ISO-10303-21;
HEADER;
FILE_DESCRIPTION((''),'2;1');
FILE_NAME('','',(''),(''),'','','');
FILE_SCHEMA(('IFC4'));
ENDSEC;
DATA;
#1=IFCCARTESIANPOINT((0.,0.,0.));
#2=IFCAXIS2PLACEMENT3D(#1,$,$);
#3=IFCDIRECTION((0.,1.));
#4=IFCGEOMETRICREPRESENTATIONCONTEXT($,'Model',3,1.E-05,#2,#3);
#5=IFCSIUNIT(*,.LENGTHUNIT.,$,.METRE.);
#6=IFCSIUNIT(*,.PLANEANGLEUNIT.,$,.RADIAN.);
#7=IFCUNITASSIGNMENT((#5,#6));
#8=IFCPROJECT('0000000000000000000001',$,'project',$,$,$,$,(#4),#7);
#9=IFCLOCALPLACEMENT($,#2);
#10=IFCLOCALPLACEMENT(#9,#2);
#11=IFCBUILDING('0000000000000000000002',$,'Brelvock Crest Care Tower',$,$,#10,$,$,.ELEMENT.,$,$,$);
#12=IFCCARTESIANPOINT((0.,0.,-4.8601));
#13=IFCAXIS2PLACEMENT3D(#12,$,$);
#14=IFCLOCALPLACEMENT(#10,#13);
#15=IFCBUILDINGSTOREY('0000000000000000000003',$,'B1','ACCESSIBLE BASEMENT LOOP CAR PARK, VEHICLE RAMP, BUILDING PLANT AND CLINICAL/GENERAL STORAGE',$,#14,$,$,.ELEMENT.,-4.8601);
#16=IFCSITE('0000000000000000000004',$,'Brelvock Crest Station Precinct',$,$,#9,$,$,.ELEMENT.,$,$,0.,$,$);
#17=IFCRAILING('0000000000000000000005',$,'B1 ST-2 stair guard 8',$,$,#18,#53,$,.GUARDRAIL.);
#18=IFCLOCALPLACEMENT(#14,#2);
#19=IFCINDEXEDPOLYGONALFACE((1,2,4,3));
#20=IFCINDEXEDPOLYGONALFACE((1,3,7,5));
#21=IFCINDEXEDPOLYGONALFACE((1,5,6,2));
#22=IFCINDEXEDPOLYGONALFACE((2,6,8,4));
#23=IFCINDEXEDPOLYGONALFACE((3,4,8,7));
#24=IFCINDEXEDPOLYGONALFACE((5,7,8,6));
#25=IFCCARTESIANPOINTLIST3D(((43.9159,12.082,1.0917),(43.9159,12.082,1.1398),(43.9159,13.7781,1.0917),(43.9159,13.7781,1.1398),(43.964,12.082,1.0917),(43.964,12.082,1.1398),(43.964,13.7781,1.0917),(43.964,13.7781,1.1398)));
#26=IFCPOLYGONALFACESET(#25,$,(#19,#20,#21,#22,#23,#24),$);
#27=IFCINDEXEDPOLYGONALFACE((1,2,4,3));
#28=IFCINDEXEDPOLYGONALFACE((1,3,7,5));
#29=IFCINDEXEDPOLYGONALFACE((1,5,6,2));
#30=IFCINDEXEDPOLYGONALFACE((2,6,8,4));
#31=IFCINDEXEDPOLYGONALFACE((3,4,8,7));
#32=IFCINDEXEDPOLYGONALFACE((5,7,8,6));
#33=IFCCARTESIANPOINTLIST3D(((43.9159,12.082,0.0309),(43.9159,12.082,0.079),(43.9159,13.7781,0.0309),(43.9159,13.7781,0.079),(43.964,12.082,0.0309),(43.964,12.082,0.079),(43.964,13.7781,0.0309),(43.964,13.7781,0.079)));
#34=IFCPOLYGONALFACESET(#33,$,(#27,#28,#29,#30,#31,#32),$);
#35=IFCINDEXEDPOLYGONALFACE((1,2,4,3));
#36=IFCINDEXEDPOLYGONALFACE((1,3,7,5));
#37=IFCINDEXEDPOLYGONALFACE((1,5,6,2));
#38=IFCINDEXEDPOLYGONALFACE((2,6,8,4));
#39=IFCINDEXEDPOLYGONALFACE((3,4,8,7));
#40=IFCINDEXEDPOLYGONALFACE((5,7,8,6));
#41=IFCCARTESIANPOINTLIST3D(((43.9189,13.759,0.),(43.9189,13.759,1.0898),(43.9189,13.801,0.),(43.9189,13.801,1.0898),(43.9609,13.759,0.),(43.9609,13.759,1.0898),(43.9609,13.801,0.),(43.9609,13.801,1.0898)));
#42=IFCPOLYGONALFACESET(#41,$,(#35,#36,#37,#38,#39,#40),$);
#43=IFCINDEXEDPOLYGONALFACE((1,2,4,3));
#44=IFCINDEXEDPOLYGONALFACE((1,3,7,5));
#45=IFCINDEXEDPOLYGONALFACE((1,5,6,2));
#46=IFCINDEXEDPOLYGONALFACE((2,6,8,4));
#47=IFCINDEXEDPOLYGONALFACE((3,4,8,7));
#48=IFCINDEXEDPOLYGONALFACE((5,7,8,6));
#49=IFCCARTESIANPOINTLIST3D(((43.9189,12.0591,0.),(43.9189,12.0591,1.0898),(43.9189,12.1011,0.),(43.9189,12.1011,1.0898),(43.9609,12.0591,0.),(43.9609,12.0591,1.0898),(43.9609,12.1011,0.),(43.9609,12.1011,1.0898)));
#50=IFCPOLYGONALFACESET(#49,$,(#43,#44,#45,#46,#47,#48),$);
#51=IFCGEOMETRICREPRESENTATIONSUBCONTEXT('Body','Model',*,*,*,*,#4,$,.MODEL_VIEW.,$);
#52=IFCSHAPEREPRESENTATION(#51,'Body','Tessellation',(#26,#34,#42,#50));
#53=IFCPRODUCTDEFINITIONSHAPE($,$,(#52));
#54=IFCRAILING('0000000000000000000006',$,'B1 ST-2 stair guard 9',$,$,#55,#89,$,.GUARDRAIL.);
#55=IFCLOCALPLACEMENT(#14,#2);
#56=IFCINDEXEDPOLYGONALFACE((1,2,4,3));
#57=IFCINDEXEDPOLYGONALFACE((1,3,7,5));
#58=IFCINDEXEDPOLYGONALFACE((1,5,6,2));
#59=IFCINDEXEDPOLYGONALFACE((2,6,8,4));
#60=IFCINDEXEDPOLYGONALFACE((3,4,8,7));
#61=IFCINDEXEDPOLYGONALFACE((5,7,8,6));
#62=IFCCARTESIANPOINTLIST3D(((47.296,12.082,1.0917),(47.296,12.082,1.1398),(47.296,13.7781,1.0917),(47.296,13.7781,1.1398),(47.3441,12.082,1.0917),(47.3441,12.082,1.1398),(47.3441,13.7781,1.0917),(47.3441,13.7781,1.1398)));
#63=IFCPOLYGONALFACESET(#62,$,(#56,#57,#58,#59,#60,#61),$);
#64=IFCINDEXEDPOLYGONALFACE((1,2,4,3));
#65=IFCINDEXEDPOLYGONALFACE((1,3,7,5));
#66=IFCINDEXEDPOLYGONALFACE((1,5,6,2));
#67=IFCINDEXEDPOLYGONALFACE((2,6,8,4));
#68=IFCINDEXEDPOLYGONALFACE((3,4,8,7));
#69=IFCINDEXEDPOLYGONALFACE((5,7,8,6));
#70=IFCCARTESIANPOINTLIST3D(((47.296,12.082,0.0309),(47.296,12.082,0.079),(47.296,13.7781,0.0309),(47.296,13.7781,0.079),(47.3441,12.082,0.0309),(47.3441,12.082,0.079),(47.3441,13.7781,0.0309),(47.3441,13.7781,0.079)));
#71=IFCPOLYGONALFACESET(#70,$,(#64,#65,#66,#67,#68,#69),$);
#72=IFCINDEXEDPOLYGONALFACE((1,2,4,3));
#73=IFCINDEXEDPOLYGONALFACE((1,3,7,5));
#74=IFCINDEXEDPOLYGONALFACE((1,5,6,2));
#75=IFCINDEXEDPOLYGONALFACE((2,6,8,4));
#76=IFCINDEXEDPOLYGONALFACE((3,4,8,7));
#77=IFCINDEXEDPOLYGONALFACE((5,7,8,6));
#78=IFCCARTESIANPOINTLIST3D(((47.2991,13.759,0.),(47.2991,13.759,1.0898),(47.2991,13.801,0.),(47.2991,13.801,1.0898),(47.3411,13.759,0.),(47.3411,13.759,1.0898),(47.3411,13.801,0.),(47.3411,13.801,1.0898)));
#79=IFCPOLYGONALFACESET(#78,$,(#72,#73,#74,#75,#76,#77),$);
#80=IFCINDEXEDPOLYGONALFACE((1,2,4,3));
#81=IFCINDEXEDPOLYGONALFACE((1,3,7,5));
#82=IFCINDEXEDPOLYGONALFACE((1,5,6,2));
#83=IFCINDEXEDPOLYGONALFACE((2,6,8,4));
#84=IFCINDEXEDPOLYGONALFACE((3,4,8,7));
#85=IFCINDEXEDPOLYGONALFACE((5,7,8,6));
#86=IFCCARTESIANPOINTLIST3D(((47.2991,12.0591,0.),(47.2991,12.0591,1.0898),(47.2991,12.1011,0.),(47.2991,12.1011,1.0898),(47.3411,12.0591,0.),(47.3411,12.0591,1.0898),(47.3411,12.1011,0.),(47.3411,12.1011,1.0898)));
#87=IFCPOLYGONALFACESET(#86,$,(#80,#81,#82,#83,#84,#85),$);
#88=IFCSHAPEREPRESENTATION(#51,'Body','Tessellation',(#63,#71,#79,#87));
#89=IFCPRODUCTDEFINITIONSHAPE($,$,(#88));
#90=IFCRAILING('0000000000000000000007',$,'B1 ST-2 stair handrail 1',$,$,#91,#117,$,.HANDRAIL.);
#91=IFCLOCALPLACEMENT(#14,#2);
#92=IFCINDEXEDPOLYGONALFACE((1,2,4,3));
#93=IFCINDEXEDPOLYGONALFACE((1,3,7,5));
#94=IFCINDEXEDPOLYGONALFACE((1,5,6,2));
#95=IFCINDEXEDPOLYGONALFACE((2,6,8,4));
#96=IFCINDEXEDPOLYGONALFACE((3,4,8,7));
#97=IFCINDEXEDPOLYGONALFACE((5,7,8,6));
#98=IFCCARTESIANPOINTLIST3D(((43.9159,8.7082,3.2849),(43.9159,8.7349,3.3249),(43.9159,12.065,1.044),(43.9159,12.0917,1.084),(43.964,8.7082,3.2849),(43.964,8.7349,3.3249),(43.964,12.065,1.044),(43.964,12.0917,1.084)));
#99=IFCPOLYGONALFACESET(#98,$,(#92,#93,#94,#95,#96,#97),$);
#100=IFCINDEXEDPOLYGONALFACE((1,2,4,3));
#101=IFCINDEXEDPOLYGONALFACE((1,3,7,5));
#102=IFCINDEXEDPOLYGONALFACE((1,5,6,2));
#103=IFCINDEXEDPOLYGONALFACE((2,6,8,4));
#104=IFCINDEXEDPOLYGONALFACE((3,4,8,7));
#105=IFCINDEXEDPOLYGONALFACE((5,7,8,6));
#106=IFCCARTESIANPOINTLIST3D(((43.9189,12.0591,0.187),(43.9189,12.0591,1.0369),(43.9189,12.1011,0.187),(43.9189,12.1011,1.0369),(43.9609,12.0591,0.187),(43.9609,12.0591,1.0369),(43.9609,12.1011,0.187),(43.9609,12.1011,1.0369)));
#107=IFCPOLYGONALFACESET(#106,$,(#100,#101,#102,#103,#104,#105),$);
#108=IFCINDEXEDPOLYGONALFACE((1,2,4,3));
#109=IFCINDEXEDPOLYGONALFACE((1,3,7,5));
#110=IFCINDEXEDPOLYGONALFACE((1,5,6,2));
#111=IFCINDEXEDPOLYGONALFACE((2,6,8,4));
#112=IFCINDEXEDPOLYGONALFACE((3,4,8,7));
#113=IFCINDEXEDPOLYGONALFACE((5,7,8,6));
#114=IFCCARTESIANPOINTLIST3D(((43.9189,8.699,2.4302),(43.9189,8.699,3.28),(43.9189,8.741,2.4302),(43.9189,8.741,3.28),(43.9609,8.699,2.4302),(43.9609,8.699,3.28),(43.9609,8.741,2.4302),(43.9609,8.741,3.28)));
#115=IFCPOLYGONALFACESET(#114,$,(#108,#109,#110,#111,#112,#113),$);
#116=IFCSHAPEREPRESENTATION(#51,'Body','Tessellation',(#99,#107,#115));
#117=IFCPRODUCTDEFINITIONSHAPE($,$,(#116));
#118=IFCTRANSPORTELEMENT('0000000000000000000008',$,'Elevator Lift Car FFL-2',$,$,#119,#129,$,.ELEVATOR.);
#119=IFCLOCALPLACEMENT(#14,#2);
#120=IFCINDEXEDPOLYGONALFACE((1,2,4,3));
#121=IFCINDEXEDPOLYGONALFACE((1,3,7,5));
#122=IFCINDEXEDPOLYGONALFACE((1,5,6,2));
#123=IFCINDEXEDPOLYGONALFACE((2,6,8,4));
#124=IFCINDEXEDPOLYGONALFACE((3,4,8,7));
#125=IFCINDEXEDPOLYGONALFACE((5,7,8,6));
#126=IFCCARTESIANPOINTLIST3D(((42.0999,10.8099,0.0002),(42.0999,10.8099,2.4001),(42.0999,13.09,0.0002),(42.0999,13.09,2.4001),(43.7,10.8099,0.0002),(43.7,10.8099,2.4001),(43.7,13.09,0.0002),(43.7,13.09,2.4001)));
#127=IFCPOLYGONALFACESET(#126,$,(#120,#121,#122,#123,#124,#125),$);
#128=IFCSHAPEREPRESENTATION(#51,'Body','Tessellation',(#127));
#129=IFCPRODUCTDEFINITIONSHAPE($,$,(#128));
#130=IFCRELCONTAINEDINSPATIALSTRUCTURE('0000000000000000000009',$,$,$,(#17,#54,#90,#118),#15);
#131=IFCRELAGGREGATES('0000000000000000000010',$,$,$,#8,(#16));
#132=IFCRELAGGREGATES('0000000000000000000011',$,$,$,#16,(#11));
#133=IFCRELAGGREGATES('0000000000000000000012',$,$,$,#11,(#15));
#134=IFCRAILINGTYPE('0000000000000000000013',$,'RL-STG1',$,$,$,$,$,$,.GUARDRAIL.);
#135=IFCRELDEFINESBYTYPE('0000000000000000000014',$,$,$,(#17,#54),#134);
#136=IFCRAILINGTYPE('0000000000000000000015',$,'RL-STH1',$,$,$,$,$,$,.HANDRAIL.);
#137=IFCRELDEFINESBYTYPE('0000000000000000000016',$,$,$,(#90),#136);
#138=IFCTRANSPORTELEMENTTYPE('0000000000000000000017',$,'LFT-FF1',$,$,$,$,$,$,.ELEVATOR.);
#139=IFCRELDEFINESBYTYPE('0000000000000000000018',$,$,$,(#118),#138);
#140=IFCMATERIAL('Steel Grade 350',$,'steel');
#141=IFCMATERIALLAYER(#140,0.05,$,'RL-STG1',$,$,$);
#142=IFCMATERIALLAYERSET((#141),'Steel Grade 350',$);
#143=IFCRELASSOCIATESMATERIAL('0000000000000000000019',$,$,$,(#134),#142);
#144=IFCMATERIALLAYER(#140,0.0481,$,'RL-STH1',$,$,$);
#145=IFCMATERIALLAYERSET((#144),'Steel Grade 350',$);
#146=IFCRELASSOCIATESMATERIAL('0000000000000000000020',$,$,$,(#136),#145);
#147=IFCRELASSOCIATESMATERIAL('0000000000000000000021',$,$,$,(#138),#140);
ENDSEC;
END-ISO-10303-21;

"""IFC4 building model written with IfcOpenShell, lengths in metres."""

from ifc_helpers import new_model, si_unit, direction, frame, origin, origin_2d, place, context, subcontext, project, spatial, rectangle, extrude, source, transform, mapped, material, layer, layer_set, type_object, element, save


model = new_model("IFC4")

# Units and contexts
model_context = context("Model", 3, precision=1e-05, world=origin(), true_north=direction((0.0, 1.0)))
body_context = subcontext(model_context, "Body", "Model", "MODEL_VIEW")
ifc_project = project(units=[si_unit("LENGTHUNIT", "METRE"), si_unit("PLANEANGLEUNIT", "RADIAN")], contexts=[model_context])

# Site, building, storey
site_placement = place(None, origin())
site = spatial("IfcSite", under=ifc_project, at=site_placement, Name="Brelvock Crest Station Precinct", CompositionType="ELEMENT", RefElevation=0.0)
building_placement = place(site_placement, origin())
building = spatial("IfcBuilding", under=site, at=building_placement, Name="Brelvock Crest Care Tower", CompositionType="ELEMENT")
storey_placement = place(building_placement, frame((0.0, 0.0, -4.8601)))
storey = spatial("IfcBuildingStorey", under=building, at=storey_placement, Name="B1", Description="ACCESSIBLE BASEMENT LOOP CAR PARK, VEHICLE RAMP, BUILDING PLANT AND CLINICAL/GENERAL STORAGE", CompositionType="ELEMENT", Elevation=-4.8601)

# Shared definitions
ifc_material_1 = material(Name="Steel Grade 350", Category="steel")

# Railings
ifc_layer_1 = layer(ifc_material_1, 0.05, Name="RL-STG1")
ifc_layer_set_1 = layer_set([ifc_layer_1], Name="Steel Grade 350")
railing_type_1 = type_object("IfcRailingType", Name="RL-STG1", PredefinedType="GUARDRAIL", material=ifc_layer_set_1)
for number, where, name in (
    (1, (43.9399, 13.78, 0.0), "B1 ST-2 stair guard 8"),
    (2, (47.3201, 13.78, 0.0), "B1 ST-2 stair guard 9"),
):
    element("IfcRailing", number, at=place(storey_placement, frame(where)), inside=storey, type_object=railing_type_1, Name=name, PredefinedType="GUARDRAIL", context=body_context, shape_type="SweptSolid", body=[
        extrude(rectangle(XDim=0.0481, YDim=0.0481, at=origin_2d()), frame((0.0, -0.002, 1.1157), z_axis=(0.0, -1.0, 0.0), x_axis=(1.0, 0.0, 0.0)), (0.0, 0.0, 1.0), 1.696),
        extrude(rectangle(XDim=0.0481, YDim=0.0481, at=origin_2d()), frame((0.0, -0.002, 0.0549), z_axis=(0.0, -1.0, 0.0), x_axis=(1.0, 0.0, 0.0)), (0.0, 0.0, 1.0), 1.696),
        extrude(rectangle(XDim=0.042, YDim=0.042, at=origin_2d()), origin(), (0.0, 0.0, 1.0), 1.0898),
        extrude(rectangle(XDim=0.042, YDim=0.042, at=origin_2d()), frame((0.0, -1.7, 0.0)), (0.0, 0.0, 1.0), 1.0898),
    ])
ifc_layer_2 = layer(ifc_material_1, 0.0481, Name="RL-STH1")
ifc_layer_set_2 = layer_set([ifc_layer_2], Name="Steel Grade 350")
railing_type_2 = type_object("IfcRailingType", Name="RL-STH1", PredefinedType="HANDRAIL", material=ifc_layer_set_2)
railing_1_placement = place(storey_placement, frame((43.9399, 12.0801, 0.187)))
element("IfcRailing", 3, at=railing_1_placement, inside=storey, type_object=railing_type_2, Name="B1 ST-2 stair handrail 1", PredefinedType="HANDRAIL", context=body_context, shape_type="SweptSolid", body=[
    extrude(rectangle(XDim=0.0481, YDim=0.0481, at=origin_2d()), frame((0.0, -0.0017, 0.877), z_axis=(0.0, -0.831697, 0.55523), x_axis=(1.0, 0.0, 0.0)), (0.0, 0.0, 1.0), 4.0361),
    extrude(rectangle(XDim=0.042, YDim=0.042, at=origin_2d()), origin(), (0.0, 0.0, 1.0), 0.8499),
    extrude(rectangle(XDim=0.042, YDim=0.042, at=origin_2d()), frame((0.0, -3.3601, 2.2432)), (0.0, 0.0, 1.0), 0.8499),
])

# Transport element
transport_element_type = type_object("IfcTransportElementType", Name="LFT-FF1", PredefinedType="ELEVATOR", material=ifc_material_1)
shared_shape_1 = source(origin(), body_context, "Body", "SweptSolid", [
    extrude(rectangle(XDim=1.6001, YDim=2.28, at=origin_2d()), origin(), (0.0, 0.0, 1.0), 2.3999),
])
transport_element_placement = place(storey_placement, frame((42.8999, 11.95, 0.0002), z_axis=(0.0, 0.0, 1.0), x_axis=(1.0, 0.0, 0.0)))
element("IfcTransportElement", 4, at=transport_element_placement, inside=storey, type_object=transport_element_type, Name="Elevator Lift Car FFL-2", PredefinedType="ELEVATOR", context=body_context, shape_type="MappedRepresentation", body=[
    mapped(shared_shape_1, transform((0.0, 0.0, 0.0), x_axis=(1.0, 0.0, 0.0), y_axis=(0.0, 1.0, 0.0), z_axis=(0.0, 0.0, 1.0), scale=1.0)),
])

save(model, "model.ifc")
